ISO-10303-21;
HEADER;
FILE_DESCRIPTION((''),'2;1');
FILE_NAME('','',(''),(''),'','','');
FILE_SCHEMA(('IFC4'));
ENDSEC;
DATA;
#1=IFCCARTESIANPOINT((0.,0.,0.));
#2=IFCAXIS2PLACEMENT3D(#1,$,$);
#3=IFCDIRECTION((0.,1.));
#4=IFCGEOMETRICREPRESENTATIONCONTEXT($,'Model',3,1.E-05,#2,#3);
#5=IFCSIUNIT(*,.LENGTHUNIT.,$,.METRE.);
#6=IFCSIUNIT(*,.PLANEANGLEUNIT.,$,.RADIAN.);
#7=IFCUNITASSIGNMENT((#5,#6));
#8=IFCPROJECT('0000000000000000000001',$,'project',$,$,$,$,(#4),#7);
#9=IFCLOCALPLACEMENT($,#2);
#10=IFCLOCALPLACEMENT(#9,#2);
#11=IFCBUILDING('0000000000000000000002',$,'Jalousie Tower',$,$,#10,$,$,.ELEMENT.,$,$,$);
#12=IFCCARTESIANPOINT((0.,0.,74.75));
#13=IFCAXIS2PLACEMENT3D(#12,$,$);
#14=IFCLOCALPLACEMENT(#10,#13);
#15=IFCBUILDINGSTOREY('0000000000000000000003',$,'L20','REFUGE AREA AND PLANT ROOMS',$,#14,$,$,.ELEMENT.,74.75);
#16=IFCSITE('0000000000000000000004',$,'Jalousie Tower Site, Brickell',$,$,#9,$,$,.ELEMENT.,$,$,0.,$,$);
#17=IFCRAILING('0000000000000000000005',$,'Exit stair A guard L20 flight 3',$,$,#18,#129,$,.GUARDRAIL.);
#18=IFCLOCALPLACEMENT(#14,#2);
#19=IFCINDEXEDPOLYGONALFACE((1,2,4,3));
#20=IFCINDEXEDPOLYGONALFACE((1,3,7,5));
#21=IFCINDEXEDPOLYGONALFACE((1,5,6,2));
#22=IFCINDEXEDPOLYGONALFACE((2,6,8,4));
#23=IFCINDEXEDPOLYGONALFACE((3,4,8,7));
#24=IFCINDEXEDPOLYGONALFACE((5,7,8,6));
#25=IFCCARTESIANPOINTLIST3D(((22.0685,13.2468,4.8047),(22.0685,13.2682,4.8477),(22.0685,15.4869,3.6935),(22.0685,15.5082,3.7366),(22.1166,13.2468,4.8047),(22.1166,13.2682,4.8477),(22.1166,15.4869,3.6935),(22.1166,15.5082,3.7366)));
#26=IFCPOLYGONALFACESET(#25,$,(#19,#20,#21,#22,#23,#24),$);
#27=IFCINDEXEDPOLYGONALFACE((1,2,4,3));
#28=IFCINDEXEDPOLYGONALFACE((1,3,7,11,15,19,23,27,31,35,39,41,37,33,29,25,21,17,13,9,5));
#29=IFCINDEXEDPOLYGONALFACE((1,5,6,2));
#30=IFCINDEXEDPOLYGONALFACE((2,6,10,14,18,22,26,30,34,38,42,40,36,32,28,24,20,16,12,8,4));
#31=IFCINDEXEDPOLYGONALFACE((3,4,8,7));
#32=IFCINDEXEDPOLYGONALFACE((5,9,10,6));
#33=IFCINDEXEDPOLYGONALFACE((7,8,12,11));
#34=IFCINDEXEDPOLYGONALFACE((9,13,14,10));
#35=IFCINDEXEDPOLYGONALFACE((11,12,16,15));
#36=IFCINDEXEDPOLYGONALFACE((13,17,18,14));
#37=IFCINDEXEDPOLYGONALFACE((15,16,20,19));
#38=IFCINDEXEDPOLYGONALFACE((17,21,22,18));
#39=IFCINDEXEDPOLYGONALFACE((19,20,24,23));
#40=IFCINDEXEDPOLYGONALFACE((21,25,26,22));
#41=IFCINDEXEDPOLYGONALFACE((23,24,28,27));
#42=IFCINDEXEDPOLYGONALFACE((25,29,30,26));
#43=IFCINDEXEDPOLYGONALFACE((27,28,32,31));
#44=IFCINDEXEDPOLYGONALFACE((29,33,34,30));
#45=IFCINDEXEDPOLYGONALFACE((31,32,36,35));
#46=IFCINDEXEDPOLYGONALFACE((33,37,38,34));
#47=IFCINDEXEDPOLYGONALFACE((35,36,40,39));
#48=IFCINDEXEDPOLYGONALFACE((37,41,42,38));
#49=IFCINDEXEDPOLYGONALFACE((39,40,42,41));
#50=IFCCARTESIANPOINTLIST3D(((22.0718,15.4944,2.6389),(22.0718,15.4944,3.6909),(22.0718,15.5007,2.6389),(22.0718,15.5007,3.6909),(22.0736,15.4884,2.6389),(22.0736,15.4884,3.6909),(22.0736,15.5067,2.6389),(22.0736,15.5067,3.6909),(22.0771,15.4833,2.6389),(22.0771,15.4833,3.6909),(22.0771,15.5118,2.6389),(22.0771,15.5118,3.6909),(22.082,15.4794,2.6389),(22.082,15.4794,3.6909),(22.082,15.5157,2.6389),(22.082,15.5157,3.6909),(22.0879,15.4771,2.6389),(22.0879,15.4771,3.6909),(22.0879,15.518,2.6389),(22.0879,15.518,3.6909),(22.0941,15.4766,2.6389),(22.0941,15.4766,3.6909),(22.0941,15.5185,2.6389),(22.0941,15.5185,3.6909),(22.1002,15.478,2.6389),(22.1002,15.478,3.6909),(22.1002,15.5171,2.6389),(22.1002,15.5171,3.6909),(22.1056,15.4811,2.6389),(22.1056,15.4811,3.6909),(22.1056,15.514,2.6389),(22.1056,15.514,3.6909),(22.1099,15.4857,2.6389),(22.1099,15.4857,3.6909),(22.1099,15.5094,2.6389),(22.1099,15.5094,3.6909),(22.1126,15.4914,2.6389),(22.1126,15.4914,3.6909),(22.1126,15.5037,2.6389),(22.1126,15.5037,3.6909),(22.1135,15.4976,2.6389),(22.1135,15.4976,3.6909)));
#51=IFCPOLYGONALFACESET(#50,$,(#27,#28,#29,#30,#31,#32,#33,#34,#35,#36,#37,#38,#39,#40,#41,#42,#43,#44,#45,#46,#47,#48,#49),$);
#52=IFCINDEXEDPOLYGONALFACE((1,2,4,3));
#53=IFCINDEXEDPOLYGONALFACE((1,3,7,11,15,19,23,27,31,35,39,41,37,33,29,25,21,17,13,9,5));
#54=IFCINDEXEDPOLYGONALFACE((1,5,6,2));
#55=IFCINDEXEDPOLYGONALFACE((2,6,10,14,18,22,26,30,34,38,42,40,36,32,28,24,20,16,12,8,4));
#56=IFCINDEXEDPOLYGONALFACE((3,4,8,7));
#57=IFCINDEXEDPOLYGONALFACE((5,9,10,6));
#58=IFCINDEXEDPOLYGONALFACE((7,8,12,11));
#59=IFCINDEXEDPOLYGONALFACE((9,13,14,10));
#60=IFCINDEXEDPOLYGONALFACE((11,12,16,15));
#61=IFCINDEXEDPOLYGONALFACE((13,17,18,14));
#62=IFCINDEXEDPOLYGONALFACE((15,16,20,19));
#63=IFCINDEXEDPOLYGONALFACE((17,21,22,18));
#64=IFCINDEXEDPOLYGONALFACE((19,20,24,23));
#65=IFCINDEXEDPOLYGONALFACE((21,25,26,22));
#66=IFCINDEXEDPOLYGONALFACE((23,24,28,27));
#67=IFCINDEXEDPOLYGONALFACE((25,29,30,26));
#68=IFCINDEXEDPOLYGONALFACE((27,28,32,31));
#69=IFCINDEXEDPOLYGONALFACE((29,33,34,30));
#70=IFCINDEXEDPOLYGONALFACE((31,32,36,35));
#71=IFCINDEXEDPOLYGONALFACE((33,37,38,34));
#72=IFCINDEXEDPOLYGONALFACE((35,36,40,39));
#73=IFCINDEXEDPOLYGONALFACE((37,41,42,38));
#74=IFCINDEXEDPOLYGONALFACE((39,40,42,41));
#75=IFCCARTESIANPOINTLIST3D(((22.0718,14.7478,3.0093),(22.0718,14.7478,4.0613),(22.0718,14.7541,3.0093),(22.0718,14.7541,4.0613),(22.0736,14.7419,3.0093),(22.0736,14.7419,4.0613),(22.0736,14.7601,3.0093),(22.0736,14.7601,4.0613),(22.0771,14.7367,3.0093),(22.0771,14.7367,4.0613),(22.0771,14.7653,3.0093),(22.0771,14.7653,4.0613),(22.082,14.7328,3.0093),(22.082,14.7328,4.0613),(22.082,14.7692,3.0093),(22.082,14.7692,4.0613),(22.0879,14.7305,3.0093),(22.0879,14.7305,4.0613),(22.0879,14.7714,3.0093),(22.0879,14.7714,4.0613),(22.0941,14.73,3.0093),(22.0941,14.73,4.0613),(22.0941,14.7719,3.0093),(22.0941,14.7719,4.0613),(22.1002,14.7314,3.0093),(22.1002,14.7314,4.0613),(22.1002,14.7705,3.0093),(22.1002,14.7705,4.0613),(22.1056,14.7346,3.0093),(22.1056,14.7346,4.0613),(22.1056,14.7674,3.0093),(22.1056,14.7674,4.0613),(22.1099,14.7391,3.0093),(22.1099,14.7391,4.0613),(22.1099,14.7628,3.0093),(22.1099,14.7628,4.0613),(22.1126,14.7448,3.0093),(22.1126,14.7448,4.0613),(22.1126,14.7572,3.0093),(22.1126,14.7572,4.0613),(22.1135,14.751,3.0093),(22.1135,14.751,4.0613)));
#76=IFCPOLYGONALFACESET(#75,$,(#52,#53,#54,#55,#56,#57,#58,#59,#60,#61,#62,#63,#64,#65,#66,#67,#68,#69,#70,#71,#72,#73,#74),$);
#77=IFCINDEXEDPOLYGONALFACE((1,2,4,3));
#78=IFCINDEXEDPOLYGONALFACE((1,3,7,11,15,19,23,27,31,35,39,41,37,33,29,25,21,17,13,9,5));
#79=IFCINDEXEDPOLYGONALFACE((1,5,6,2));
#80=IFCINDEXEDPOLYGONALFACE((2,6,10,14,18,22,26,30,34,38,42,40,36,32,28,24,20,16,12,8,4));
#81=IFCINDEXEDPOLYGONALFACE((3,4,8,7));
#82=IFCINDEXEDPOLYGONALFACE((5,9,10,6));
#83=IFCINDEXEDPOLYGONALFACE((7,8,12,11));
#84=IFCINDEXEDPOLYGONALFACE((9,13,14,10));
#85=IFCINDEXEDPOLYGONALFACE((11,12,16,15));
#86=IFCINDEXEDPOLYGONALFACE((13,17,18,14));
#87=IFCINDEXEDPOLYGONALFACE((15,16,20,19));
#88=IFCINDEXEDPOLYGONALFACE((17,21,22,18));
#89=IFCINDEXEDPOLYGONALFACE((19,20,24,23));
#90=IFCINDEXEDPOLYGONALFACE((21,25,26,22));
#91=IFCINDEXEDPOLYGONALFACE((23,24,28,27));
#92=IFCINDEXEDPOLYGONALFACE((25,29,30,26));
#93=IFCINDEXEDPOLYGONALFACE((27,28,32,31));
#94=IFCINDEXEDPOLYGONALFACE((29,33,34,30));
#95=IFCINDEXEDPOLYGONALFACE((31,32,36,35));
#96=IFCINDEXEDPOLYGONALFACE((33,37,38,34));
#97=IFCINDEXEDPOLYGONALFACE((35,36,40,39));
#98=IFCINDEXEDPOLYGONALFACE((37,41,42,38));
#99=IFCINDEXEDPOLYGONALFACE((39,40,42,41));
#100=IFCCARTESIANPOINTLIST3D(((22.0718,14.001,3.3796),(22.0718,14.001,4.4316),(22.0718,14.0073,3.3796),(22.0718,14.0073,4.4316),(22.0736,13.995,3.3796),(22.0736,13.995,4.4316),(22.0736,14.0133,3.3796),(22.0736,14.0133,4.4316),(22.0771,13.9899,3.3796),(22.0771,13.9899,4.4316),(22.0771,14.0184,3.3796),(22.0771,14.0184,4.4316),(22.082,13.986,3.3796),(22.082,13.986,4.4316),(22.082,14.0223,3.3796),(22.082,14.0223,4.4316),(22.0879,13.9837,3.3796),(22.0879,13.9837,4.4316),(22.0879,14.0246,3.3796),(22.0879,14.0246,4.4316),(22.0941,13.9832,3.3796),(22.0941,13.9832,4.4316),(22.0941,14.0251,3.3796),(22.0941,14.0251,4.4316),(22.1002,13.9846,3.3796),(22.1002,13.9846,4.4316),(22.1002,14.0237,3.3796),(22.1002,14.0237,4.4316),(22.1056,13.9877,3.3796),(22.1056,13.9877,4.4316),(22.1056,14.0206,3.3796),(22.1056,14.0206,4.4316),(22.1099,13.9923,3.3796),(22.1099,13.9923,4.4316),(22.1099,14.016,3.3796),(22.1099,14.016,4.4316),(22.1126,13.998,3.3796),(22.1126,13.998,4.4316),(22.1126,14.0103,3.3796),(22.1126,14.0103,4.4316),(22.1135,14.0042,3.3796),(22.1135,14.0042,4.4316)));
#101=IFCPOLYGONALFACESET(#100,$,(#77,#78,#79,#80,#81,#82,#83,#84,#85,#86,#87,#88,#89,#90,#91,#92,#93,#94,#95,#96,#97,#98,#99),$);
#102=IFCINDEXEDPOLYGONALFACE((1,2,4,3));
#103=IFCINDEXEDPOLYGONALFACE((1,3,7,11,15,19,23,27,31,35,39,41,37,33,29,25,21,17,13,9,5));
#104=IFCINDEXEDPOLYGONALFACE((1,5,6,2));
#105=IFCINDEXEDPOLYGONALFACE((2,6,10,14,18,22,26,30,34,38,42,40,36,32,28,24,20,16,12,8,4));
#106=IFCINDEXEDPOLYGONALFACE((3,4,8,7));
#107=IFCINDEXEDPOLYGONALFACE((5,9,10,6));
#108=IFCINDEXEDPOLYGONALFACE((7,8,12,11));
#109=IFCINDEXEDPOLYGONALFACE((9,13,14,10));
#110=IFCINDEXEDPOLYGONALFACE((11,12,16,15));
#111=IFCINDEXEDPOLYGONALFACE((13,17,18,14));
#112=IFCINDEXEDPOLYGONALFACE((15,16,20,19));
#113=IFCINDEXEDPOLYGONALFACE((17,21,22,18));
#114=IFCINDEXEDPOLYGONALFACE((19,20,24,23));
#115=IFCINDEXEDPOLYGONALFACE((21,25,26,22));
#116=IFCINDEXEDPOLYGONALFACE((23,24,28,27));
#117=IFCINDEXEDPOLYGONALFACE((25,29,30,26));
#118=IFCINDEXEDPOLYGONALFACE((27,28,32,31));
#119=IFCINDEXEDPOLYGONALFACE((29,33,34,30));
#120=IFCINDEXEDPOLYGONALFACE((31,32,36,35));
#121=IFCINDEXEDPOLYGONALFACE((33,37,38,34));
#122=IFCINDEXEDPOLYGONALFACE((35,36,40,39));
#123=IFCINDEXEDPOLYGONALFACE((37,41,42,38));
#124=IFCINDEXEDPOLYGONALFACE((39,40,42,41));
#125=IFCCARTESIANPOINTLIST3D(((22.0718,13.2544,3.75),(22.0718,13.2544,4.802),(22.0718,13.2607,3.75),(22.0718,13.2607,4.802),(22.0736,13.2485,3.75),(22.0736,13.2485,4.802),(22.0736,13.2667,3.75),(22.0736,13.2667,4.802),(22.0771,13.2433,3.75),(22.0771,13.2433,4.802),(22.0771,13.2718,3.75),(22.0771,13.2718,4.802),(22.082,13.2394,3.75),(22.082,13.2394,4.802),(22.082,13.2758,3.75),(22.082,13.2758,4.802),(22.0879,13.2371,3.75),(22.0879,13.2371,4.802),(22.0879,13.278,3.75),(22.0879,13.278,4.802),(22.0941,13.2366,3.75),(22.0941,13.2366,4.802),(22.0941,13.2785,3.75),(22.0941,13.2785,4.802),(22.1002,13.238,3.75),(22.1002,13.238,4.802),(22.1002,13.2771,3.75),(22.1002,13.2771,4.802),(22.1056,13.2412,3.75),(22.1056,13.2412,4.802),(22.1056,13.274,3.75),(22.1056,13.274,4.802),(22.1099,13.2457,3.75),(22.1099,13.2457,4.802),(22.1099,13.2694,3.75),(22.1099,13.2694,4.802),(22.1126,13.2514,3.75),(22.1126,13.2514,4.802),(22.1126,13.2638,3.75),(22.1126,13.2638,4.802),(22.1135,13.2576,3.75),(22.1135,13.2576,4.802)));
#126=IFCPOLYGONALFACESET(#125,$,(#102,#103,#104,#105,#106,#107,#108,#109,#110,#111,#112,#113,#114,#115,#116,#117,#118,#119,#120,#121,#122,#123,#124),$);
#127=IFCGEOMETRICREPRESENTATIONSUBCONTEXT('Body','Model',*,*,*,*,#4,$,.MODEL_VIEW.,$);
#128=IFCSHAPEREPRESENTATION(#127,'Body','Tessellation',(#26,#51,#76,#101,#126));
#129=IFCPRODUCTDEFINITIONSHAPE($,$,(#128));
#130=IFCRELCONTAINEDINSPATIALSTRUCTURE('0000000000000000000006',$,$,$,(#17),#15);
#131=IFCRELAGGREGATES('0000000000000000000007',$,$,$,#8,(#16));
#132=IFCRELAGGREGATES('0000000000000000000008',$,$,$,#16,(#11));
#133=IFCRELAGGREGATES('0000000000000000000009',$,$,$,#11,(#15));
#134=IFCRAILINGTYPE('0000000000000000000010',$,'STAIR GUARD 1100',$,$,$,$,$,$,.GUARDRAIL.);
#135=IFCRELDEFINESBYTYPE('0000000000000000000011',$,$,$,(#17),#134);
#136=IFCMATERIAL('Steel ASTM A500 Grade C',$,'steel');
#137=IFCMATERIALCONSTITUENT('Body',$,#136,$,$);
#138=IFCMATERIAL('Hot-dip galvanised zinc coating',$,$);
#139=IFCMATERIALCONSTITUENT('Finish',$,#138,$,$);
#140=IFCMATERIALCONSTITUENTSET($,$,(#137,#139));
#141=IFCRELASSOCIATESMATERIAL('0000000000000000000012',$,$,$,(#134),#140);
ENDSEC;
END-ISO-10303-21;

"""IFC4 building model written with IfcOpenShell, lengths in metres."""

from ifc_helpers import new_model, si_unit, direction, frame, origin, origin_2d, place, context, subcontext, project, spatial, rectangle, circle, extrude, material, constituent, constituent_set, type_object, element, save


model = new_model("IFC4")

# Units and contexts
model_context = context("Model", 3, precision=1e-05, world=origin(), true_north=direction((0.0, 1.0)))
body_context = subcontext(model_context, "Body", "Model", "MODEL_VIEW")
ifc_project = project(units=[si_unit("LENGTHUNIT", "METRE"), si_unit("PLANEANGLEUNIT", "RADIAN")], contexts=[model_context])

# Site, building, storey
site_placement = place(None, origin())
site = spatial("IfcSite", under=ifc_project, at=site_placement, Name="Jalousie Tower Site, Brickell", CompositionType="ELEMENT", RefElevation=0.0)
building_placement = place(site_placement, origin())
building = spatial("IfcBuilding", under=site, at=building_placement, Name="Jalousie Tower", CompositionType="ELEMENT")
storey_placement = place(building_placement, frame((0.0, 0.0, 74.75)))
storey = spatial("IfcBuildingStorey", under=building, at=storey_placement, Name="L20", Description="REFUGE AREA AND PLANT ROOMS", CompositionType="ELEMENT", Elevation=74.75)

# Railing
ifc_material_1 = material(Name="Steel ASTM A500 Grade C", Category="steel")
ifc_constituent_1 = constituent(ifc_material_1, Name="Body")
ifc_material_2 = material(Name="Hot-dip galvanised zinc coating")
ifc_constituent_2 = constituent(ifc_material_2, Name="Finish")
ifc_constituent_set_1 = constituent_set(constituents=[ifc_constituent_1, ifc_constituent_2])
railing_type_1 = type_object("IfcRailingType", Name="STAIR GUARD 1100", PredefinedType="GUARDRAIL", material=ifc_constituent_set_1)
railing_1_placement = place(storey_placement, frame((22.0925, 15.4976, 2.6389)))
element("IfcRailing", 1, at=railing_1_placement, inside=storey, type_object=railing_type_1, Name="Exit stair A guard L20 flight 3", PredefinedType="GUARDRAIL", context=body_context, shape_type="SweptSolid", body=[
    extrude(rectangle(XDim=0.0481, YDim=0.0481, at=origin_2d()), frame((0.0, 0.0, 1.0762), z_axis=(0.0, -0.895848, 0.44436), x_axis=(1.0, 0.0, 0.0)), (0.0, 0.0, 1.0), 2.5005),
    extrude(circle(Radius=0.021, at=origin_2d()), origin(), (0.0, 0.0, 1.0), 1.052),
    extrude(circle(Radius=0.021, at=origin_2d()), frame((0.0, -0.7466, 0.3704)), (0.0, 0.0, 1.0), 1.052),
    extrude(circle(Radius=0.021, at=origin_2d()), frame((0.0, -1.4934, 0.7407)), (0.0, 0.0, 1.0), 1.052),
    extrude(circle(Radius=0.021, at=origin_2d()), frame((0.0, -2.24, 1.1111)), (0.0, 0.0, 1.0), 1.052),
])

save(model, "model.ifc")
